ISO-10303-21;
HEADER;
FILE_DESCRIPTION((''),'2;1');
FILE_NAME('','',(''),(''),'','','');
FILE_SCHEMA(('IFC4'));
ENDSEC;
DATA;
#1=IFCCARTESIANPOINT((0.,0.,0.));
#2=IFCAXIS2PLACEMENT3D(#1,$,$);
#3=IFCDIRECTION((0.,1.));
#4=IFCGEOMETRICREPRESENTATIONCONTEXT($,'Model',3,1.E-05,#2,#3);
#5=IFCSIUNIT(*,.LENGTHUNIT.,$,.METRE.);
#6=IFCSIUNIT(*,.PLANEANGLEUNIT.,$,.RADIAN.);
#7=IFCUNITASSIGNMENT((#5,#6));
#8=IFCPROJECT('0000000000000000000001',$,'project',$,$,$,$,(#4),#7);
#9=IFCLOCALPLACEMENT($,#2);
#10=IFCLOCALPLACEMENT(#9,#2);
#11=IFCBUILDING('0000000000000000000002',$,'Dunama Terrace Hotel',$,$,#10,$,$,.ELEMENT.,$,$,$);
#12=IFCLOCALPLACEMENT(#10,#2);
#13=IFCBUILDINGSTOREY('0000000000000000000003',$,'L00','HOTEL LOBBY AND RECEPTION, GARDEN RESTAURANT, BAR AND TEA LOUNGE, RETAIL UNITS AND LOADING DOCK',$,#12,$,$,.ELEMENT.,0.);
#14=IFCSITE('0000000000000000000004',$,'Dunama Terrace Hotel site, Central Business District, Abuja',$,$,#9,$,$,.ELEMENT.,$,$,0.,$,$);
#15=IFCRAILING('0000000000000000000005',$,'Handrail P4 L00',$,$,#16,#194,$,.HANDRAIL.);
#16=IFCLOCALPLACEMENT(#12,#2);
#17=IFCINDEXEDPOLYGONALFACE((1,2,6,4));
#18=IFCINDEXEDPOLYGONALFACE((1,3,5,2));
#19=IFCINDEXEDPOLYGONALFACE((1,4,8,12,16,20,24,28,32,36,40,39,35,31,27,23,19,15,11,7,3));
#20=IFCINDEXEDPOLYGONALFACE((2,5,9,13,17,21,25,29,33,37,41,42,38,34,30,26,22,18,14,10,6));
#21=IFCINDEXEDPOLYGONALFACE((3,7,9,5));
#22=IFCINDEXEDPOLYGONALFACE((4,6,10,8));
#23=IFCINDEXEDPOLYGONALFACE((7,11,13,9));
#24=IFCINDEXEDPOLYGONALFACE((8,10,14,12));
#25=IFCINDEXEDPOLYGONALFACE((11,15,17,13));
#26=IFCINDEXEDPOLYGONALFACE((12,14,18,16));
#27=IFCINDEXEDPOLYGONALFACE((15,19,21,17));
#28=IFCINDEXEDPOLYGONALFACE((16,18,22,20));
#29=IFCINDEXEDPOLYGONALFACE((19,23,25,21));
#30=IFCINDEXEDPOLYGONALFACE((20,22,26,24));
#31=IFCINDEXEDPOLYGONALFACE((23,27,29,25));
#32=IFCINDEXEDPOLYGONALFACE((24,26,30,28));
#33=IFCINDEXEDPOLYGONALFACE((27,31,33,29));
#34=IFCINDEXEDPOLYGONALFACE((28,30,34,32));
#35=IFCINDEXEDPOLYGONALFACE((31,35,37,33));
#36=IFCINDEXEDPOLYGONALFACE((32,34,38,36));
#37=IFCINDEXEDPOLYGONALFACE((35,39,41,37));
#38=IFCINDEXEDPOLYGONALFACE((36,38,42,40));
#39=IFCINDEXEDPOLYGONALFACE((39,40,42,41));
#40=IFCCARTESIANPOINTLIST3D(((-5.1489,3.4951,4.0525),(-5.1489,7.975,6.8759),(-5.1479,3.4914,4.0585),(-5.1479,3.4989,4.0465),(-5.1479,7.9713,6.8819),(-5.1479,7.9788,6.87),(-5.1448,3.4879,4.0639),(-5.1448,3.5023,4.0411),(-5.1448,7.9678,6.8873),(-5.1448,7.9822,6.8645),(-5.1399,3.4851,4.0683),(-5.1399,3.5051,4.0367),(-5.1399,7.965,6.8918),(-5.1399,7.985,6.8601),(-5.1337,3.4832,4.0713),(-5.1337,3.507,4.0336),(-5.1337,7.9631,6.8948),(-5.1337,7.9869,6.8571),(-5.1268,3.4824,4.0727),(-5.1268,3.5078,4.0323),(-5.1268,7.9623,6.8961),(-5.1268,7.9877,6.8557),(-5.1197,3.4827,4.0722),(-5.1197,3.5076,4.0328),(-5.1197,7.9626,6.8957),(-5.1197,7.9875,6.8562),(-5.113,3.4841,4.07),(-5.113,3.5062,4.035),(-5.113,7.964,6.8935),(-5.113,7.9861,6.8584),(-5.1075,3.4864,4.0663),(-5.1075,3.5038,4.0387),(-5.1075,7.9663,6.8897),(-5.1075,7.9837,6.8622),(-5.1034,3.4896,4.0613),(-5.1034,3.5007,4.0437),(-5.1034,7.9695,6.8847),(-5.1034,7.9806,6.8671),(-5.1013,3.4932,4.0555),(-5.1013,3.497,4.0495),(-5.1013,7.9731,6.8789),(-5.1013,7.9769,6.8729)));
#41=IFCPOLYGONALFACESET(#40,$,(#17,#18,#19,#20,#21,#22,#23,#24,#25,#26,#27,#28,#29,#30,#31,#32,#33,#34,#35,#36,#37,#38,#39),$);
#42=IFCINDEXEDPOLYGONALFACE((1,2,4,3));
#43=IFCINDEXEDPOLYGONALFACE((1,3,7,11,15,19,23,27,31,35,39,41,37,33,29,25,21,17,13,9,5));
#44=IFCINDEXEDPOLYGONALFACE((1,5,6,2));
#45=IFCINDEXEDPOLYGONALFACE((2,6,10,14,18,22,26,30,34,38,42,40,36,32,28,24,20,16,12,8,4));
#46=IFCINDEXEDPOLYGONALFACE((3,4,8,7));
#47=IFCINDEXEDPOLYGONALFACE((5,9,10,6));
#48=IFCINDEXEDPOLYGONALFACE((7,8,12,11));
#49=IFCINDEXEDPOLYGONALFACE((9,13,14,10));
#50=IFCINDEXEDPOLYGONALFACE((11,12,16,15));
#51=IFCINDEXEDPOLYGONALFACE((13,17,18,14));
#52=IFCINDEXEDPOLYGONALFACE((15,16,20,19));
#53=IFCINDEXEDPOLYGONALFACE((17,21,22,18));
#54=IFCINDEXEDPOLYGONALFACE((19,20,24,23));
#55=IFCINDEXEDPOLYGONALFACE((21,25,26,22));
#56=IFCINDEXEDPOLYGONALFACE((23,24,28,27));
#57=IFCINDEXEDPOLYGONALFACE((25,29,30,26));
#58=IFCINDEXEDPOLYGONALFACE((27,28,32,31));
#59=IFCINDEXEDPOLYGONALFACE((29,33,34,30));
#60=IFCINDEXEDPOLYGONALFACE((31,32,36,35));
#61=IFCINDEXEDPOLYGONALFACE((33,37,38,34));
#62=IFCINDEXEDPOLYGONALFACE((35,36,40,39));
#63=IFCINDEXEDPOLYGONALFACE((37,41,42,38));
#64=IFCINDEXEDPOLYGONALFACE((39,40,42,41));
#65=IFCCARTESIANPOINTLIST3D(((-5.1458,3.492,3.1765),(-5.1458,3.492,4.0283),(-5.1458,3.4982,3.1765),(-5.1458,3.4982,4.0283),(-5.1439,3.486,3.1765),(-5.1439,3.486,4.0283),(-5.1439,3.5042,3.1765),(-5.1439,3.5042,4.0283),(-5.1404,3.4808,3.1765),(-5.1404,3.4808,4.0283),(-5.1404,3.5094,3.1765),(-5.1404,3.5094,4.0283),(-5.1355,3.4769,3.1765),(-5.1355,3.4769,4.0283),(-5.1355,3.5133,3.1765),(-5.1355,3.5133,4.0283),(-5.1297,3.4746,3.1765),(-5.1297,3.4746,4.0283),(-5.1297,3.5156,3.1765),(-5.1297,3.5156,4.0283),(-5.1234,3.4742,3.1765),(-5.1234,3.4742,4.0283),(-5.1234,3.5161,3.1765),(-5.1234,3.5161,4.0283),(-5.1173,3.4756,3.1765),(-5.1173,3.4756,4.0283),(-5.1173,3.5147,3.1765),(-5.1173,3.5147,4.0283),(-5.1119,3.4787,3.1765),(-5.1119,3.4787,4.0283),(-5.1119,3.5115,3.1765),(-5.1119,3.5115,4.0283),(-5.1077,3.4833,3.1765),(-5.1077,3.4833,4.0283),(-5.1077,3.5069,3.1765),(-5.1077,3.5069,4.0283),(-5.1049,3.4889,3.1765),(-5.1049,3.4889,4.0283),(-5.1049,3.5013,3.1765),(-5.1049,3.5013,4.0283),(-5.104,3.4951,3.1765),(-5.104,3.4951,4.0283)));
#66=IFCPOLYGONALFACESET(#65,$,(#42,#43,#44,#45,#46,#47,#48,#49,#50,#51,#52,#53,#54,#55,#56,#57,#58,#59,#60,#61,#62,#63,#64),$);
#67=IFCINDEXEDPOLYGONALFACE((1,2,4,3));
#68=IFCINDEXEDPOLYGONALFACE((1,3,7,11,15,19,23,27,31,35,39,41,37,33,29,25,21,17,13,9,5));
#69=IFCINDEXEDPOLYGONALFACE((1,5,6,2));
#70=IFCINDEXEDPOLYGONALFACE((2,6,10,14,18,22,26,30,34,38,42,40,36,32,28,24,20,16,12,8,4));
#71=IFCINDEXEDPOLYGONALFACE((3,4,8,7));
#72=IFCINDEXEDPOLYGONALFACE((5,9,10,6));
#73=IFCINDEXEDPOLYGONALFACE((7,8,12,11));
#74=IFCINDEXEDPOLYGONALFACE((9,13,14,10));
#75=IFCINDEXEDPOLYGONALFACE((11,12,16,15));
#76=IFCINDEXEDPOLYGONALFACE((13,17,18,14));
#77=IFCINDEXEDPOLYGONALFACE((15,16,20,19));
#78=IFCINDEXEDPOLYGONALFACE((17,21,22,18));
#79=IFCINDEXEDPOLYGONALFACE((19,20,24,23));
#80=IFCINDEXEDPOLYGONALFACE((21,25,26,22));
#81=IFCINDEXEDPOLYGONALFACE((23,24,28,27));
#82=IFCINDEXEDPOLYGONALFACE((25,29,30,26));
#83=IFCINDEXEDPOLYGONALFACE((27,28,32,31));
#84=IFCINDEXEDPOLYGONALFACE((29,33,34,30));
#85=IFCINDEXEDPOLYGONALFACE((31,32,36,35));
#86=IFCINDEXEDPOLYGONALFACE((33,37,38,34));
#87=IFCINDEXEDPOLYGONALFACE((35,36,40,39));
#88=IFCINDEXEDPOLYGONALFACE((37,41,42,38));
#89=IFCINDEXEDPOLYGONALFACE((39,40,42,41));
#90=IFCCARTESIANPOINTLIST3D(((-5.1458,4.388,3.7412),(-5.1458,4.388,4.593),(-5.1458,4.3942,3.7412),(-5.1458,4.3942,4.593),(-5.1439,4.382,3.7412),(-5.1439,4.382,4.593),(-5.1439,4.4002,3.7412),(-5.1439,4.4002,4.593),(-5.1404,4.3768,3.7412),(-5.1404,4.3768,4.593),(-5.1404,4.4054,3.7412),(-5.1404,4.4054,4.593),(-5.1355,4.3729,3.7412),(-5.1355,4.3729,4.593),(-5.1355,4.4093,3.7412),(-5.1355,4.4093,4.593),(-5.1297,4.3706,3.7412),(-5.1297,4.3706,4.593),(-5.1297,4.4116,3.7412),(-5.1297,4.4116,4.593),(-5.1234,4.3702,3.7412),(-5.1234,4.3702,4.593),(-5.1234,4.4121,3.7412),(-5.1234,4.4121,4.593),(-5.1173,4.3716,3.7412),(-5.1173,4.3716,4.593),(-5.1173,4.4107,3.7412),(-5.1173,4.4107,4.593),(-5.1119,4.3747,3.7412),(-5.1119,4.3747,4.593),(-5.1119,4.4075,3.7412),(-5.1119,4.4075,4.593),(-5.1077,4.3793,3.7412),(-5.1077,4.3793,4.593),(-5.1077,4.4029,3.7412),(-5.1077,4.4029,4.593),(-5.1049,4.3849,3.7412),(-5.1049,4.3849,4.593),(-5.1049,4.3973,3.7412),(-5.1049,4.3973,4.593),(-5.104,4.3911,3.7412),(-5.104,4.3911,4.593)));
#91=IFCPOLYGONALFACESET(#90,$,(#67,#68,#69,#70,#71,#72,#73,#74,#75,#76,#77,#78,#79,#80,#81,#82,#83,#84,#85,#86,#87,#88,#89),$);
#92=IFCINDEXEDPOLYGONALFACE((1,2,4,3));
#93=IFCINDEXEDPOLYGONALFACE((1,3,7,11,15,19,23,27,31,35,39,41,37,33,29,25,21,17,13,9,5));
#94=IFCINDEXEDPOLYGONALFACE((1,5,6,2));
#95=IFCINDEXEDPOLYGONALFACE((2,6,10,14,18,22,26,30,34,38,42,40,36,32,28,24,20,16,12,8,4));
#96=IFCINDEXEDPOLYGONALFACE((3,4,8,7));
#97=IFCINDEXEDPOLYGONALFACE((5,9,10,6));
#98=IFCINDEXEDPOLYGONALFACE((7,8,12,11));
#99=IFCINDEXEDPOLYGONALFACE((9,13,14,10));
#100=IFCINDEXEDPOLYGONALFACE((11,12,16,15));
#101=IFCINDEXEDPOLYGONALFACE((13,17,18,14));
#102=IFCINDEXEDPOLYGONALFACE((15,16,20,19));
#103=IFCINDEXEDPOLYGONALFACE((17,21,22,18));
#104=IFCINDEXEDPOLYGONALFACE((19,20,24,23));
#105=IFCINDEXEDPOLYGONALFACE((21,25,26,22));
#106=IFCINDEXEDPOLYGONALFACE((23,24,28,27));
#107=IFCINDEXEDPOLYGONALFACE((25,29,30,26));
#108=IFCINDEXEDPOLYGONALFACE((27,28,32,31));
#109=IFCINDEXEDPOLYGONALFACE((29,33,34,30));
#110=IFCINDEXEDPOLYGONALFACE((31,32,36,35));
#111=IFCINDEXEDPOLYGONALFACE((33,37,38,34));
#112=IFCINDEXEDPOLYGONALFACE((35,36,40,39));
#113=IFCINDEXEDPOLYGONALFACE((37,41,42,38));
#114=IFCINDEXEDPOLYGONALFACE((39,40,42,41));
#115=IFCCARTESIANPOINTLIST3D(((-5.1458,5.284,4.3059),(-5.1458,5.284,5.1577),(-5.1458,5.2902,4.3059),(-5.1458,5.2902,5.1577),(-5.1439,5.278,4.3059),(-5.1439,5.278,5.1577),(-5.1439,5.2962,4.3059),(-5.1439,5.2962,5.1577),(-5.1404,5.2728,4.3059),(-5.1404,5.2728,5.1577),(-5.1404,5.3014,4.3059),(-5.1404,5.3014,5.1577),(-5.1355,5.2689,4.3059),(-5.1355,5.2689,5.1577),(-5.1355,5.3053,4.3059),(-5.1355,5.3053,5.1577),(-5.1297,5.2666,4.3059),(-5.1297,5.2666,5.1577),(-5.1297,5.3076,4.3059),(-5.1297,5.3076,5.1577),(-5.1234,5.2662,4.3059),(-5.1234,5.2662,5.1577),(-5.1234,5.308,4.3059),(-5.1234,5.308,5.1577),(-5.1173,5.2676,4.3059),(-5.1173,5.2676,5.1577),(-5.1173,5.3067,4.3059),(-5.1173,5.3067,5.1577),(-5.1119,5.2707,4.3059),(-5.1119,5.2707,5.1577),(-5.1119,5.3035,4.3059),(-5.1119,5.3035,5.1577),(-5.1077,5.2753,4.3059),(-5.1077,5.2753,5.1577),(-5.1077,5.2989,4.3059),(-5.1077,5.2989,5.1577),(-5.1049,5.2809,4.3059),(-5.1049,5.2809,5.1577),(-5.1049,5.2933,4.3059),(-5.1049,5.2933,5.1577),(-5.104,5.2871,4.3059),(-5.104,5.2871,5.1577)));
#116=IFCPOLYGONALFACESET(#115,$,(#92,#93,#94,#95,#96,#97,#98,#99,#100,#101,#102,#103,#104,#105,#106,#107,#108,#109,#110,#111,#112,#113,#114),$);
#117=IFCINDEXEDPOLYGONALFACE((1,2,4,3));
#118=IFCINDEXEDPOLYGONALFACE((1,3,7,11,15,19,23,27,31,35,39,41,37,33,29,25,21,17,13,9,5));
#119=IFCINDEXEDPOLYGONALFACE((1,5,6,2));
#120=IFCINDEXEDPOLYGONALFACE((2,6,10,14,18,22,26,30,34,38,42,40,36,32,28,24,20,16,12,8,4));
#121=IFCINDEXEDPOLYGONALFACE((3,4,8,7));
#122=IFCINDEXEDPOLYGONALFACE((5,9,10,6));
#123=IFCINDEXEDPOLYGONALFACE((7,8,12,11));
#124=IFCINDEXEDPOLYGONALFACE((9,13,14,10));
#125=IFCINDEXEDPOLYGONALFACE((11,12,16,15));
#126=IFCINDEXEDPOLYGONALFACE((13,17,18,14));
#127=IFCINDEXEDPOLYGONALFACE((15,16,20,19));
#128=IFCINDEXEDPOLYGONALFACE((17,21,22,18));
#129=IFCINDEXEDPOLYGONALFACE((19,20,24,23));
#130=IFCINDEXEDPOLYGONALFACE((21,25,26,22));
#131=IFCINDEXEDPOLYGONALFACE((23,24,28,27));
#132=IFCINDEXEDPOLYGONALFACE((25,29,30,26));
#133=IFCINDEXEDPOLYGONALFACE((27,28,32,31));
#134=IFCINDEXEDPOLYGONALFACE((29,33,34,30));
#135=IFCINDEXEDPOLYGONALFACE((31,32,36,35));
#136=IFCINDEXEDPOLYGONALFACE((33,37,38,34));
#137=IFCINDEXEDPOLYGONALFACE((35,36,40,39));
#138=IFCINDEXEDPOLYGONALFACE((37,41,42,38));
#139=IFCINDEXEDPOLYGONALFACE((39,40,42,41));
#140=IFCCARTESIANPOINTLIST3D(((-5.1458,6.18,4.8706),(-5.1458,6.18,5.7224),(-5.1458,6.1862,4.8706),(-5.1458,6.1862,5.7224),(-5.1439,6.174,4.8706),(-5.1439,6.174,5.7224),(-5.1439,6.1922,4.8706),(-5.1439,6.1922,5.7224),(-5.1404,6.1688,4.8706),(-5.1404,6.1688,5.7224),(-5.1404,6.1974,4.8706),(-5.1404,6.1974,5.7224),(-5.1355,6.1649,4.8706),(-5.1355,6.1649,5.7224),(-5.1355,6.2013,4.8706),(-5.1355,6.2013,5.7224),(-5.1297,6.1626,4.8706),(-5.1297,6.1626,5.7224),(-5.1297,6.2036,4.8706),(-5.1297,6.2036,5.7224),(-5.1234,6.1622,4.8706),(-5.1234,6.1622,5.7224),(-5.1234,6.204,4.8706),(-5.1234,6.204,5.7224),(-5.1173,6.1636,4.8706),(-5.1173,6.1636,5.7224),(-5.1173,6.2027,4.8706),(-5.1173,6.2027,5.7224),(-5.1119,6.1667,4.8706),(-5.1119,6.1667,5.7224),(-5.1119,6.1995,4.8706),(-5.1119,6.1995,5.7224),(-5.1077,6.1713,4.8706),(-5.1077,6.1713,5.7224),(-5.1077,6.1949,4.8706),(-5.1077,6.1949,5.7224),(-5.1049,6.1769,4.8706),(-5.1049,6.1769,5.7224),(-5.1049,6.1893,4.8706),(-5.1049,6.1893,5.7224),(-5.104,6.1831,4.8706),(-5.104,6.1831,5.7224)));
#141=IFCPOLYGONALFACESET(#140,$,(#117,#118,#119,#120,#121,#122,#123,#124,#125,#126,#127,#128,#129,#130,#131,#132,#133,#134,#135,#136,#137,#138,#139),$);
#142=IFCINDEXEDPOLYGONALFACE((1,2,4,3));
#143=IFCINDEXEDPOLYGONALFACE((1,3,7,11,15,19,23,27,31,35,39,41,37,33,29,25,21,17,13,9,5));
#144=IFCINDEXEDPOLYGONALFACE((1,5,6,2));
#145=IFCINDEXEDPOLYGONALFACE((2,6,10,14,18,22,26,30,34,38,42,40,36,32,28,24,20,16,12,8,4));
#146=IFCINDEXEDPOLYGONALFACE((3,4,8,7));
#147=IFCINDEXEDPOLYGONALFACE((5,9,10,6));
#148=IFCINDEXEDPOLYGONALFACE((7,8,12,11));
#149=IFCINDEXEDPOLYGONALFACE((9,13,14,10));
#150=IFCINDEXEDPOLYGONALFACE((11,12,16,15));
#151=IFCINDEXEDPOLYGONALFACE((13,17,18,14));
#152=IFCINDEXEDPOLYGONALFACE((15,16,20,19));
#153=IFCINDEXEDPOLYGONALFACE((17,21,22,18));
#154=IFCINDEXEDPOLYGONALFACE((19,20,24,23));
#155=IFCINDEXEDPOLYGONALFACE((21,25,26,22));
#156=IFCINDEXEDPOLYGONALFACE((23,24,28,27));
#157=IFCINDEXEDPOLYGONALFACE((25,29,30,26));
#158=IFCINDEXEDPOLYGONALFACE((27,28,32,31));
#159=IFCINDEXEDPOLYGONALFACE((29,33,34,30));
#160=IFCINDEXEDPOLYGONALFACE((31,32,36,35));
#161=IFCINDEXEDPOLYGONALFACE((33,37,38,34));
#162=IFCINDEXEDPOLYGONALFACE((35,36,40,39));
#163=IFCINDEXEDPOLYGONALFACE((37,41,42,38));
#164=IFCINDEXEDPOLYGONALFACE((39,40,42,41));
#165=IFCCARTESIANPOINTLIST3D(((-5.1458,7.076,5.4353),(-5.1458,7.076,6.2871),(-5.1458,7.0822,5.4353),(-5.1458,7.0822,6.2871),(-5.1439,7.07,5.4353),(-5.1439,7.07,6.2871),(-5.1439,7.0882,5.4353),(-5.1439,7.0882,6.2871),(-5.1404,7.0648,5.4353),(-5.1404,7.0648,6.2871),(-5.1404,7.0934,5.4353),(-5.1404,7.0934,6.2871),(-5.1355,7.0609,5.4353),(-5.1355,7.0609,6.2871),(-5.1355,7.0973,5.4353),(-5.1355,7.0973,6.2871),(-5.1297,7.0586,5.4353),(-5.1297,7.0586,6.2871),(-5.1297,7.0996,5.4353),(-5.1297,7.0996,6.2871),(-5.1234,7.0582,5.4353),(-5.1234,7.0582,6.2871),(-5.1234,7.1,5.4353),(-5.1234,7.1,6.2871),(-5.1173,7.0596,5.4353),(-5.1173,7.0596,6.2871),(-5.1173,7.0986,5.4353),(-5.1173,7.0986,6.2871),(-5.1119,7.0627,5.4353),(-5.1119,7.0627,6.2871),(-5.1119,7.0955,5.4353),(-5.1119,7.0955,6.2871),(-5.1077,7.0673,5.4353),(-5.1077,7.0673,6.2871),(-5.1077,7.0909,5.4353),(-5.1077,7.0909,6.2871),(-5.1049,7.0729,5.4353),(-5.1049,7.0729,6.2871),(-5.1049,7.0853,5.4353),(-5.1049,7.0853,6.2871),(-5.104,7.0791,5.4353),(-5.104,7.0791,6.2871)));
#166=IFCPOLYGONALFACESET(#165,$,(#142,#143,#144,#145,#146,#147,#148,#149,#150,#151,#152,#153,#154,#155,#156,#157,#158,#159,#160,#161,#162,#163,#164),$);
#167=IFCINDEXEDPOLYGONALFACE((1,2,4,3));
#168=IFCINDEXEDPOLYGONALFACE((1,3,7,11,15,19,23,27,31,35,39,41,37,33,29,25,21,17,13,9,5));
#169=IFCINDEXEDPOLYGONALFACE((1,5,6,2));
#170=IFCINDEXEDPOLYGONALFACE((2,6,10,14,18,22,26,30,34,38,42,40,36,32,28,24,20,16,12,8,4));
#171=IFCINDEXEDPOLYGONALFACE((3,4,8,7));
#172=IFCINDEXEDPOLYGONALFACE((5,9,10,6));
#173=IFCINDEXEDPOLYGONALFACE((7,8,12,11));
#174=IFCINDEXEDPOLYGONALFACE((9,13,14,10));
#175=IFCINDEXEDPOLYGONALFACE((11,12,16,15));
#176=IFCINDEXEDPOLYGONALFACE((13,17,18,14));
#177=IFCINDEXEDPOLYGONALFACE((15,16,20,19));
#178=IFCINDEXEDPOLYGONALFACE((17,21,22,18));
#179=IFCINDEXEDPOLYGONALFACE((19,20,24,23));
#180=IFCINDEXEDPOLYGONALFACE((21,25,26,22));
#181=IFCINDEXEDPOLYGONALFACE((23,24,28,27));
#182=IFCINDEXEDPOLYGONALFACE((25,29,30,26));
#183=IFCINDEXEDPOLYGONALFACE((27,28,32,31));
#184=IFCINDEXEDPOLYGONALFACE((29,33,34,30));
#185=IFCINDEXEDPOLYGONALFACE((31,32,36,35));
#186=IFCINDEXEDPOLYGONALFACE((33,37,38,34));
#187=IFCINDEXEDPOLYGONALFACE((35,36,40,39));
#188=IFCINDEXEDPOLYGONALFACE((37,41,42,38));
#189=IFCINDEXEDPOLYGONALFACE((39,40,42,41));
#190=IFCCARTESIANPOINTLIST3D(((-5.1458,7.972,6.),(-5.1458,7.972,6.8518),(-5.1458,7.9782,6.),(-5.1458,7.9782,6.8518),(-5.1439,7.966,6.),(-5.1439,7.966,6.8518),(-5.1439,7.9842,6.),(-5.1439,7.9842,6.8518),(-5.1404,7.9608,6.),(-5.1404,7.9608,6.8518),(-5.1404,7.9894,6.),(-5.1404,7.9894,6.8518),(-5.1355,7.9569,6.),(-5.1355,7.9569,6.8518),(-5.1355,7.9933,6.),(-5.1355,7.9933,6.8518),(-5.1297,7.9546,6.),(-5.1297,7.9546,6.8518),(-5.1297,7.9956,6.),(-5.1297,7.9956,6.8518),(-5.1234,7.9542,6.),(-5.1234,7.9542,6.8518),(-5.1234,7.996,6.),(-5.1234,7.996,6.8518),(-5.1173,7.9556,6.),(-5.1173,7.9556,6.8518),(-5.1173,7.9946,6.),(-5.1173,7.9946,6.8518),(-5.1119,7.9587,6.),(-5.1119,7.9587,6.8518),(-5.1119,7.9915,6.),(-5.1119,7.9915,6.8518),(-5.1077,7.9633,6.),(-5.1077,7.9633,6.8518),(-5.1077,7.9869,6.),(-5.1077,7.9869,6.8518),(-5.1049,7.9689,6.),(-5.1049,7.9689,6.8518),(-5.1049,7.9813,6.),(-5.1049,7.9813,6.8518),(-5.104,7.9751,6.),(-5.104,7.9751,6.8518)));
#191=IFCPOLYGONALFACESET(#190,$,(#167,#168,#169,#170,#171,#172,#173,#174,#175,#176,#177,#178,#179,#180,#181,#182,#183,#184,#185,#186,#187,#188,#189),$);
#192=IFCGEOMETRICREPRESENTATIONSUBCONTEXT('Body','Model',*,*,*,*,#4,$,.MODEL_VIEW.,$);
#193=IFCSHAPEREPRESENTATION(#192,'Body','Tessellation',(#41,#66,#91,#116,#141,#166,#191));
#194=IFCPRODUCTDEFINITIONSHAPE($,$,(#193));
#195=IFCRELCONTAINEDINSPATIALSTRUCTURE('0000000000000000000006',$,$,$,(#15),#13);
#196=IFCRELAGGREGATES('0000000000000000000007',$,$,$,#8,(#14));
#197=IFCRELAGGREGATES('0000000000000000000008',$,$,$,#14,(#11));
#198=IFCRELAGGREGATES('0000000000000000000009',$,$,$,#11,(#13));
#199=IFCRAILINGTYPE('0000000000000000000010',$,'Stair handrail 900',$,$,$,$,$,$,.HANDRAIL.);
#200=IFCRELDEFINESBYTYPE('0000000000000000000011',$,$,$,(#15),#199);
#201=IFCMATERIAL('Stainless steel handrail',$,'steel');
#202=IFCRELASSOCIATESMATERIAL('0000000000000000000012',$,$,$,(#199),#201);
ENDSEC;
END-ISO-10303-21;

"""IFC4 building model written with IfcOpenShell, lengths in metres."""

from ifc_helpers import new_model, si_unit, direction, frame, origin, origin_2d, place, context, subcontext, project, spatial, circle, extrude, material, type_object, element, save


model = new_model("IFC4")

# Units and contexts
model_context = context("Model", 3, precision=1e-05, world=origin(), true_north=direction((0.0, 1.0)))
body_context = subcontext(model_context, "Body", "Model", "MODEL_VIEW")
ifc_project = project(units=[si_unit("LENGTHUNIT", "METRE"), si_unit("PLANEANGLEUNIT", "RADIAN")], contexts=[model_context])

# Site, building, storey
site_placement = place(None, origin())
site = spatial("IfcSite", under=ifc_project, at=site_placement, Name="Dunama Terrace Hotel site, Central Business District, Abuja", CompositionType="ELEMENT", RefElevation=0.0)
building_placement = place(site_placement, origin())
building = spatial("IfcBuilding", under=site, at=building_placement, Name="Dunama Terrace Hotel", CompositionType="ELEMENT")
storey_placement = place(building_placement, origin())
storey = spatial("IfcBuildingStorey", under=building, at=storey_placement, Name="L00", Description="HOTEL LOBBY AND RECEPTION, GARDEN RESTAURANT, BAR AND TEA LOUNGE, RETAIL UNITS AND LOADING DOCK", CompositionType="ELEMENT", Elevation=0.0)

# Railing
ifc_material_1 = material(Name="Stainless steel handrail", Category="steel")
railing_type = type_object("IfcRailingType", Name="Stair handrail 900", PredefinedType="HANDRAIL", material=ifc_material_1)
railing_1_placement = place(storey_placement, frame((-5.125, 3.4951, 3.1765)))
element("IfcRailing", 1, at=railing_1_placement, inside=storey, type_object=railing_type, Name="Handrail P4 L00", PredefinedType="HANDRAIL", context=body_context, shape_type="SweptSolid", body=[
    extrude(circle(Radius=0.0239, at=origin_2d()), frame((0.0, 0.0, 0.876), z_axis=(0.0, 0.845998, 0.533186), x_axis=(-1.0, 0.0, 0.0)), (0.0, 0.0, 1.0), 5.2954),
    extrude(circle(Radius=0.021, at=origin_2d()), origin(), (0.0, 0.0, 1.0), 0.8518),
    extrude(circle(Radius=0.021, at=origin_2d()), frame((0.0, 0.896, 0.5647)), (0.0, 0.0, 1.0), 0.8518),
    extrude(circle(Radius=0.021, at=origin_2d()), frame((0.0, 1.792, 1.1294)), (0.0, 0.0, 1.0), 0.8518),
    extrude(circle(Radius=0.021, at=origin_2d()), frame((0.0, 2.688, 1.6941)), (0.0, 0.0, 1.0), 0.8518),
    extrude(circle(Radius=0.021, at=origin_2d()), frame((0.0, 3.584, 2.2588)), (0.0, 0.0, 1.0), 0.8518),
    extrude(circle(Radius=0.021, at=origin_2d()), frame((0.0, 4.48, 2.8235)), (0.0, 0.0, 1.0), 0.8518),
])

save(model, "model.ifc")
